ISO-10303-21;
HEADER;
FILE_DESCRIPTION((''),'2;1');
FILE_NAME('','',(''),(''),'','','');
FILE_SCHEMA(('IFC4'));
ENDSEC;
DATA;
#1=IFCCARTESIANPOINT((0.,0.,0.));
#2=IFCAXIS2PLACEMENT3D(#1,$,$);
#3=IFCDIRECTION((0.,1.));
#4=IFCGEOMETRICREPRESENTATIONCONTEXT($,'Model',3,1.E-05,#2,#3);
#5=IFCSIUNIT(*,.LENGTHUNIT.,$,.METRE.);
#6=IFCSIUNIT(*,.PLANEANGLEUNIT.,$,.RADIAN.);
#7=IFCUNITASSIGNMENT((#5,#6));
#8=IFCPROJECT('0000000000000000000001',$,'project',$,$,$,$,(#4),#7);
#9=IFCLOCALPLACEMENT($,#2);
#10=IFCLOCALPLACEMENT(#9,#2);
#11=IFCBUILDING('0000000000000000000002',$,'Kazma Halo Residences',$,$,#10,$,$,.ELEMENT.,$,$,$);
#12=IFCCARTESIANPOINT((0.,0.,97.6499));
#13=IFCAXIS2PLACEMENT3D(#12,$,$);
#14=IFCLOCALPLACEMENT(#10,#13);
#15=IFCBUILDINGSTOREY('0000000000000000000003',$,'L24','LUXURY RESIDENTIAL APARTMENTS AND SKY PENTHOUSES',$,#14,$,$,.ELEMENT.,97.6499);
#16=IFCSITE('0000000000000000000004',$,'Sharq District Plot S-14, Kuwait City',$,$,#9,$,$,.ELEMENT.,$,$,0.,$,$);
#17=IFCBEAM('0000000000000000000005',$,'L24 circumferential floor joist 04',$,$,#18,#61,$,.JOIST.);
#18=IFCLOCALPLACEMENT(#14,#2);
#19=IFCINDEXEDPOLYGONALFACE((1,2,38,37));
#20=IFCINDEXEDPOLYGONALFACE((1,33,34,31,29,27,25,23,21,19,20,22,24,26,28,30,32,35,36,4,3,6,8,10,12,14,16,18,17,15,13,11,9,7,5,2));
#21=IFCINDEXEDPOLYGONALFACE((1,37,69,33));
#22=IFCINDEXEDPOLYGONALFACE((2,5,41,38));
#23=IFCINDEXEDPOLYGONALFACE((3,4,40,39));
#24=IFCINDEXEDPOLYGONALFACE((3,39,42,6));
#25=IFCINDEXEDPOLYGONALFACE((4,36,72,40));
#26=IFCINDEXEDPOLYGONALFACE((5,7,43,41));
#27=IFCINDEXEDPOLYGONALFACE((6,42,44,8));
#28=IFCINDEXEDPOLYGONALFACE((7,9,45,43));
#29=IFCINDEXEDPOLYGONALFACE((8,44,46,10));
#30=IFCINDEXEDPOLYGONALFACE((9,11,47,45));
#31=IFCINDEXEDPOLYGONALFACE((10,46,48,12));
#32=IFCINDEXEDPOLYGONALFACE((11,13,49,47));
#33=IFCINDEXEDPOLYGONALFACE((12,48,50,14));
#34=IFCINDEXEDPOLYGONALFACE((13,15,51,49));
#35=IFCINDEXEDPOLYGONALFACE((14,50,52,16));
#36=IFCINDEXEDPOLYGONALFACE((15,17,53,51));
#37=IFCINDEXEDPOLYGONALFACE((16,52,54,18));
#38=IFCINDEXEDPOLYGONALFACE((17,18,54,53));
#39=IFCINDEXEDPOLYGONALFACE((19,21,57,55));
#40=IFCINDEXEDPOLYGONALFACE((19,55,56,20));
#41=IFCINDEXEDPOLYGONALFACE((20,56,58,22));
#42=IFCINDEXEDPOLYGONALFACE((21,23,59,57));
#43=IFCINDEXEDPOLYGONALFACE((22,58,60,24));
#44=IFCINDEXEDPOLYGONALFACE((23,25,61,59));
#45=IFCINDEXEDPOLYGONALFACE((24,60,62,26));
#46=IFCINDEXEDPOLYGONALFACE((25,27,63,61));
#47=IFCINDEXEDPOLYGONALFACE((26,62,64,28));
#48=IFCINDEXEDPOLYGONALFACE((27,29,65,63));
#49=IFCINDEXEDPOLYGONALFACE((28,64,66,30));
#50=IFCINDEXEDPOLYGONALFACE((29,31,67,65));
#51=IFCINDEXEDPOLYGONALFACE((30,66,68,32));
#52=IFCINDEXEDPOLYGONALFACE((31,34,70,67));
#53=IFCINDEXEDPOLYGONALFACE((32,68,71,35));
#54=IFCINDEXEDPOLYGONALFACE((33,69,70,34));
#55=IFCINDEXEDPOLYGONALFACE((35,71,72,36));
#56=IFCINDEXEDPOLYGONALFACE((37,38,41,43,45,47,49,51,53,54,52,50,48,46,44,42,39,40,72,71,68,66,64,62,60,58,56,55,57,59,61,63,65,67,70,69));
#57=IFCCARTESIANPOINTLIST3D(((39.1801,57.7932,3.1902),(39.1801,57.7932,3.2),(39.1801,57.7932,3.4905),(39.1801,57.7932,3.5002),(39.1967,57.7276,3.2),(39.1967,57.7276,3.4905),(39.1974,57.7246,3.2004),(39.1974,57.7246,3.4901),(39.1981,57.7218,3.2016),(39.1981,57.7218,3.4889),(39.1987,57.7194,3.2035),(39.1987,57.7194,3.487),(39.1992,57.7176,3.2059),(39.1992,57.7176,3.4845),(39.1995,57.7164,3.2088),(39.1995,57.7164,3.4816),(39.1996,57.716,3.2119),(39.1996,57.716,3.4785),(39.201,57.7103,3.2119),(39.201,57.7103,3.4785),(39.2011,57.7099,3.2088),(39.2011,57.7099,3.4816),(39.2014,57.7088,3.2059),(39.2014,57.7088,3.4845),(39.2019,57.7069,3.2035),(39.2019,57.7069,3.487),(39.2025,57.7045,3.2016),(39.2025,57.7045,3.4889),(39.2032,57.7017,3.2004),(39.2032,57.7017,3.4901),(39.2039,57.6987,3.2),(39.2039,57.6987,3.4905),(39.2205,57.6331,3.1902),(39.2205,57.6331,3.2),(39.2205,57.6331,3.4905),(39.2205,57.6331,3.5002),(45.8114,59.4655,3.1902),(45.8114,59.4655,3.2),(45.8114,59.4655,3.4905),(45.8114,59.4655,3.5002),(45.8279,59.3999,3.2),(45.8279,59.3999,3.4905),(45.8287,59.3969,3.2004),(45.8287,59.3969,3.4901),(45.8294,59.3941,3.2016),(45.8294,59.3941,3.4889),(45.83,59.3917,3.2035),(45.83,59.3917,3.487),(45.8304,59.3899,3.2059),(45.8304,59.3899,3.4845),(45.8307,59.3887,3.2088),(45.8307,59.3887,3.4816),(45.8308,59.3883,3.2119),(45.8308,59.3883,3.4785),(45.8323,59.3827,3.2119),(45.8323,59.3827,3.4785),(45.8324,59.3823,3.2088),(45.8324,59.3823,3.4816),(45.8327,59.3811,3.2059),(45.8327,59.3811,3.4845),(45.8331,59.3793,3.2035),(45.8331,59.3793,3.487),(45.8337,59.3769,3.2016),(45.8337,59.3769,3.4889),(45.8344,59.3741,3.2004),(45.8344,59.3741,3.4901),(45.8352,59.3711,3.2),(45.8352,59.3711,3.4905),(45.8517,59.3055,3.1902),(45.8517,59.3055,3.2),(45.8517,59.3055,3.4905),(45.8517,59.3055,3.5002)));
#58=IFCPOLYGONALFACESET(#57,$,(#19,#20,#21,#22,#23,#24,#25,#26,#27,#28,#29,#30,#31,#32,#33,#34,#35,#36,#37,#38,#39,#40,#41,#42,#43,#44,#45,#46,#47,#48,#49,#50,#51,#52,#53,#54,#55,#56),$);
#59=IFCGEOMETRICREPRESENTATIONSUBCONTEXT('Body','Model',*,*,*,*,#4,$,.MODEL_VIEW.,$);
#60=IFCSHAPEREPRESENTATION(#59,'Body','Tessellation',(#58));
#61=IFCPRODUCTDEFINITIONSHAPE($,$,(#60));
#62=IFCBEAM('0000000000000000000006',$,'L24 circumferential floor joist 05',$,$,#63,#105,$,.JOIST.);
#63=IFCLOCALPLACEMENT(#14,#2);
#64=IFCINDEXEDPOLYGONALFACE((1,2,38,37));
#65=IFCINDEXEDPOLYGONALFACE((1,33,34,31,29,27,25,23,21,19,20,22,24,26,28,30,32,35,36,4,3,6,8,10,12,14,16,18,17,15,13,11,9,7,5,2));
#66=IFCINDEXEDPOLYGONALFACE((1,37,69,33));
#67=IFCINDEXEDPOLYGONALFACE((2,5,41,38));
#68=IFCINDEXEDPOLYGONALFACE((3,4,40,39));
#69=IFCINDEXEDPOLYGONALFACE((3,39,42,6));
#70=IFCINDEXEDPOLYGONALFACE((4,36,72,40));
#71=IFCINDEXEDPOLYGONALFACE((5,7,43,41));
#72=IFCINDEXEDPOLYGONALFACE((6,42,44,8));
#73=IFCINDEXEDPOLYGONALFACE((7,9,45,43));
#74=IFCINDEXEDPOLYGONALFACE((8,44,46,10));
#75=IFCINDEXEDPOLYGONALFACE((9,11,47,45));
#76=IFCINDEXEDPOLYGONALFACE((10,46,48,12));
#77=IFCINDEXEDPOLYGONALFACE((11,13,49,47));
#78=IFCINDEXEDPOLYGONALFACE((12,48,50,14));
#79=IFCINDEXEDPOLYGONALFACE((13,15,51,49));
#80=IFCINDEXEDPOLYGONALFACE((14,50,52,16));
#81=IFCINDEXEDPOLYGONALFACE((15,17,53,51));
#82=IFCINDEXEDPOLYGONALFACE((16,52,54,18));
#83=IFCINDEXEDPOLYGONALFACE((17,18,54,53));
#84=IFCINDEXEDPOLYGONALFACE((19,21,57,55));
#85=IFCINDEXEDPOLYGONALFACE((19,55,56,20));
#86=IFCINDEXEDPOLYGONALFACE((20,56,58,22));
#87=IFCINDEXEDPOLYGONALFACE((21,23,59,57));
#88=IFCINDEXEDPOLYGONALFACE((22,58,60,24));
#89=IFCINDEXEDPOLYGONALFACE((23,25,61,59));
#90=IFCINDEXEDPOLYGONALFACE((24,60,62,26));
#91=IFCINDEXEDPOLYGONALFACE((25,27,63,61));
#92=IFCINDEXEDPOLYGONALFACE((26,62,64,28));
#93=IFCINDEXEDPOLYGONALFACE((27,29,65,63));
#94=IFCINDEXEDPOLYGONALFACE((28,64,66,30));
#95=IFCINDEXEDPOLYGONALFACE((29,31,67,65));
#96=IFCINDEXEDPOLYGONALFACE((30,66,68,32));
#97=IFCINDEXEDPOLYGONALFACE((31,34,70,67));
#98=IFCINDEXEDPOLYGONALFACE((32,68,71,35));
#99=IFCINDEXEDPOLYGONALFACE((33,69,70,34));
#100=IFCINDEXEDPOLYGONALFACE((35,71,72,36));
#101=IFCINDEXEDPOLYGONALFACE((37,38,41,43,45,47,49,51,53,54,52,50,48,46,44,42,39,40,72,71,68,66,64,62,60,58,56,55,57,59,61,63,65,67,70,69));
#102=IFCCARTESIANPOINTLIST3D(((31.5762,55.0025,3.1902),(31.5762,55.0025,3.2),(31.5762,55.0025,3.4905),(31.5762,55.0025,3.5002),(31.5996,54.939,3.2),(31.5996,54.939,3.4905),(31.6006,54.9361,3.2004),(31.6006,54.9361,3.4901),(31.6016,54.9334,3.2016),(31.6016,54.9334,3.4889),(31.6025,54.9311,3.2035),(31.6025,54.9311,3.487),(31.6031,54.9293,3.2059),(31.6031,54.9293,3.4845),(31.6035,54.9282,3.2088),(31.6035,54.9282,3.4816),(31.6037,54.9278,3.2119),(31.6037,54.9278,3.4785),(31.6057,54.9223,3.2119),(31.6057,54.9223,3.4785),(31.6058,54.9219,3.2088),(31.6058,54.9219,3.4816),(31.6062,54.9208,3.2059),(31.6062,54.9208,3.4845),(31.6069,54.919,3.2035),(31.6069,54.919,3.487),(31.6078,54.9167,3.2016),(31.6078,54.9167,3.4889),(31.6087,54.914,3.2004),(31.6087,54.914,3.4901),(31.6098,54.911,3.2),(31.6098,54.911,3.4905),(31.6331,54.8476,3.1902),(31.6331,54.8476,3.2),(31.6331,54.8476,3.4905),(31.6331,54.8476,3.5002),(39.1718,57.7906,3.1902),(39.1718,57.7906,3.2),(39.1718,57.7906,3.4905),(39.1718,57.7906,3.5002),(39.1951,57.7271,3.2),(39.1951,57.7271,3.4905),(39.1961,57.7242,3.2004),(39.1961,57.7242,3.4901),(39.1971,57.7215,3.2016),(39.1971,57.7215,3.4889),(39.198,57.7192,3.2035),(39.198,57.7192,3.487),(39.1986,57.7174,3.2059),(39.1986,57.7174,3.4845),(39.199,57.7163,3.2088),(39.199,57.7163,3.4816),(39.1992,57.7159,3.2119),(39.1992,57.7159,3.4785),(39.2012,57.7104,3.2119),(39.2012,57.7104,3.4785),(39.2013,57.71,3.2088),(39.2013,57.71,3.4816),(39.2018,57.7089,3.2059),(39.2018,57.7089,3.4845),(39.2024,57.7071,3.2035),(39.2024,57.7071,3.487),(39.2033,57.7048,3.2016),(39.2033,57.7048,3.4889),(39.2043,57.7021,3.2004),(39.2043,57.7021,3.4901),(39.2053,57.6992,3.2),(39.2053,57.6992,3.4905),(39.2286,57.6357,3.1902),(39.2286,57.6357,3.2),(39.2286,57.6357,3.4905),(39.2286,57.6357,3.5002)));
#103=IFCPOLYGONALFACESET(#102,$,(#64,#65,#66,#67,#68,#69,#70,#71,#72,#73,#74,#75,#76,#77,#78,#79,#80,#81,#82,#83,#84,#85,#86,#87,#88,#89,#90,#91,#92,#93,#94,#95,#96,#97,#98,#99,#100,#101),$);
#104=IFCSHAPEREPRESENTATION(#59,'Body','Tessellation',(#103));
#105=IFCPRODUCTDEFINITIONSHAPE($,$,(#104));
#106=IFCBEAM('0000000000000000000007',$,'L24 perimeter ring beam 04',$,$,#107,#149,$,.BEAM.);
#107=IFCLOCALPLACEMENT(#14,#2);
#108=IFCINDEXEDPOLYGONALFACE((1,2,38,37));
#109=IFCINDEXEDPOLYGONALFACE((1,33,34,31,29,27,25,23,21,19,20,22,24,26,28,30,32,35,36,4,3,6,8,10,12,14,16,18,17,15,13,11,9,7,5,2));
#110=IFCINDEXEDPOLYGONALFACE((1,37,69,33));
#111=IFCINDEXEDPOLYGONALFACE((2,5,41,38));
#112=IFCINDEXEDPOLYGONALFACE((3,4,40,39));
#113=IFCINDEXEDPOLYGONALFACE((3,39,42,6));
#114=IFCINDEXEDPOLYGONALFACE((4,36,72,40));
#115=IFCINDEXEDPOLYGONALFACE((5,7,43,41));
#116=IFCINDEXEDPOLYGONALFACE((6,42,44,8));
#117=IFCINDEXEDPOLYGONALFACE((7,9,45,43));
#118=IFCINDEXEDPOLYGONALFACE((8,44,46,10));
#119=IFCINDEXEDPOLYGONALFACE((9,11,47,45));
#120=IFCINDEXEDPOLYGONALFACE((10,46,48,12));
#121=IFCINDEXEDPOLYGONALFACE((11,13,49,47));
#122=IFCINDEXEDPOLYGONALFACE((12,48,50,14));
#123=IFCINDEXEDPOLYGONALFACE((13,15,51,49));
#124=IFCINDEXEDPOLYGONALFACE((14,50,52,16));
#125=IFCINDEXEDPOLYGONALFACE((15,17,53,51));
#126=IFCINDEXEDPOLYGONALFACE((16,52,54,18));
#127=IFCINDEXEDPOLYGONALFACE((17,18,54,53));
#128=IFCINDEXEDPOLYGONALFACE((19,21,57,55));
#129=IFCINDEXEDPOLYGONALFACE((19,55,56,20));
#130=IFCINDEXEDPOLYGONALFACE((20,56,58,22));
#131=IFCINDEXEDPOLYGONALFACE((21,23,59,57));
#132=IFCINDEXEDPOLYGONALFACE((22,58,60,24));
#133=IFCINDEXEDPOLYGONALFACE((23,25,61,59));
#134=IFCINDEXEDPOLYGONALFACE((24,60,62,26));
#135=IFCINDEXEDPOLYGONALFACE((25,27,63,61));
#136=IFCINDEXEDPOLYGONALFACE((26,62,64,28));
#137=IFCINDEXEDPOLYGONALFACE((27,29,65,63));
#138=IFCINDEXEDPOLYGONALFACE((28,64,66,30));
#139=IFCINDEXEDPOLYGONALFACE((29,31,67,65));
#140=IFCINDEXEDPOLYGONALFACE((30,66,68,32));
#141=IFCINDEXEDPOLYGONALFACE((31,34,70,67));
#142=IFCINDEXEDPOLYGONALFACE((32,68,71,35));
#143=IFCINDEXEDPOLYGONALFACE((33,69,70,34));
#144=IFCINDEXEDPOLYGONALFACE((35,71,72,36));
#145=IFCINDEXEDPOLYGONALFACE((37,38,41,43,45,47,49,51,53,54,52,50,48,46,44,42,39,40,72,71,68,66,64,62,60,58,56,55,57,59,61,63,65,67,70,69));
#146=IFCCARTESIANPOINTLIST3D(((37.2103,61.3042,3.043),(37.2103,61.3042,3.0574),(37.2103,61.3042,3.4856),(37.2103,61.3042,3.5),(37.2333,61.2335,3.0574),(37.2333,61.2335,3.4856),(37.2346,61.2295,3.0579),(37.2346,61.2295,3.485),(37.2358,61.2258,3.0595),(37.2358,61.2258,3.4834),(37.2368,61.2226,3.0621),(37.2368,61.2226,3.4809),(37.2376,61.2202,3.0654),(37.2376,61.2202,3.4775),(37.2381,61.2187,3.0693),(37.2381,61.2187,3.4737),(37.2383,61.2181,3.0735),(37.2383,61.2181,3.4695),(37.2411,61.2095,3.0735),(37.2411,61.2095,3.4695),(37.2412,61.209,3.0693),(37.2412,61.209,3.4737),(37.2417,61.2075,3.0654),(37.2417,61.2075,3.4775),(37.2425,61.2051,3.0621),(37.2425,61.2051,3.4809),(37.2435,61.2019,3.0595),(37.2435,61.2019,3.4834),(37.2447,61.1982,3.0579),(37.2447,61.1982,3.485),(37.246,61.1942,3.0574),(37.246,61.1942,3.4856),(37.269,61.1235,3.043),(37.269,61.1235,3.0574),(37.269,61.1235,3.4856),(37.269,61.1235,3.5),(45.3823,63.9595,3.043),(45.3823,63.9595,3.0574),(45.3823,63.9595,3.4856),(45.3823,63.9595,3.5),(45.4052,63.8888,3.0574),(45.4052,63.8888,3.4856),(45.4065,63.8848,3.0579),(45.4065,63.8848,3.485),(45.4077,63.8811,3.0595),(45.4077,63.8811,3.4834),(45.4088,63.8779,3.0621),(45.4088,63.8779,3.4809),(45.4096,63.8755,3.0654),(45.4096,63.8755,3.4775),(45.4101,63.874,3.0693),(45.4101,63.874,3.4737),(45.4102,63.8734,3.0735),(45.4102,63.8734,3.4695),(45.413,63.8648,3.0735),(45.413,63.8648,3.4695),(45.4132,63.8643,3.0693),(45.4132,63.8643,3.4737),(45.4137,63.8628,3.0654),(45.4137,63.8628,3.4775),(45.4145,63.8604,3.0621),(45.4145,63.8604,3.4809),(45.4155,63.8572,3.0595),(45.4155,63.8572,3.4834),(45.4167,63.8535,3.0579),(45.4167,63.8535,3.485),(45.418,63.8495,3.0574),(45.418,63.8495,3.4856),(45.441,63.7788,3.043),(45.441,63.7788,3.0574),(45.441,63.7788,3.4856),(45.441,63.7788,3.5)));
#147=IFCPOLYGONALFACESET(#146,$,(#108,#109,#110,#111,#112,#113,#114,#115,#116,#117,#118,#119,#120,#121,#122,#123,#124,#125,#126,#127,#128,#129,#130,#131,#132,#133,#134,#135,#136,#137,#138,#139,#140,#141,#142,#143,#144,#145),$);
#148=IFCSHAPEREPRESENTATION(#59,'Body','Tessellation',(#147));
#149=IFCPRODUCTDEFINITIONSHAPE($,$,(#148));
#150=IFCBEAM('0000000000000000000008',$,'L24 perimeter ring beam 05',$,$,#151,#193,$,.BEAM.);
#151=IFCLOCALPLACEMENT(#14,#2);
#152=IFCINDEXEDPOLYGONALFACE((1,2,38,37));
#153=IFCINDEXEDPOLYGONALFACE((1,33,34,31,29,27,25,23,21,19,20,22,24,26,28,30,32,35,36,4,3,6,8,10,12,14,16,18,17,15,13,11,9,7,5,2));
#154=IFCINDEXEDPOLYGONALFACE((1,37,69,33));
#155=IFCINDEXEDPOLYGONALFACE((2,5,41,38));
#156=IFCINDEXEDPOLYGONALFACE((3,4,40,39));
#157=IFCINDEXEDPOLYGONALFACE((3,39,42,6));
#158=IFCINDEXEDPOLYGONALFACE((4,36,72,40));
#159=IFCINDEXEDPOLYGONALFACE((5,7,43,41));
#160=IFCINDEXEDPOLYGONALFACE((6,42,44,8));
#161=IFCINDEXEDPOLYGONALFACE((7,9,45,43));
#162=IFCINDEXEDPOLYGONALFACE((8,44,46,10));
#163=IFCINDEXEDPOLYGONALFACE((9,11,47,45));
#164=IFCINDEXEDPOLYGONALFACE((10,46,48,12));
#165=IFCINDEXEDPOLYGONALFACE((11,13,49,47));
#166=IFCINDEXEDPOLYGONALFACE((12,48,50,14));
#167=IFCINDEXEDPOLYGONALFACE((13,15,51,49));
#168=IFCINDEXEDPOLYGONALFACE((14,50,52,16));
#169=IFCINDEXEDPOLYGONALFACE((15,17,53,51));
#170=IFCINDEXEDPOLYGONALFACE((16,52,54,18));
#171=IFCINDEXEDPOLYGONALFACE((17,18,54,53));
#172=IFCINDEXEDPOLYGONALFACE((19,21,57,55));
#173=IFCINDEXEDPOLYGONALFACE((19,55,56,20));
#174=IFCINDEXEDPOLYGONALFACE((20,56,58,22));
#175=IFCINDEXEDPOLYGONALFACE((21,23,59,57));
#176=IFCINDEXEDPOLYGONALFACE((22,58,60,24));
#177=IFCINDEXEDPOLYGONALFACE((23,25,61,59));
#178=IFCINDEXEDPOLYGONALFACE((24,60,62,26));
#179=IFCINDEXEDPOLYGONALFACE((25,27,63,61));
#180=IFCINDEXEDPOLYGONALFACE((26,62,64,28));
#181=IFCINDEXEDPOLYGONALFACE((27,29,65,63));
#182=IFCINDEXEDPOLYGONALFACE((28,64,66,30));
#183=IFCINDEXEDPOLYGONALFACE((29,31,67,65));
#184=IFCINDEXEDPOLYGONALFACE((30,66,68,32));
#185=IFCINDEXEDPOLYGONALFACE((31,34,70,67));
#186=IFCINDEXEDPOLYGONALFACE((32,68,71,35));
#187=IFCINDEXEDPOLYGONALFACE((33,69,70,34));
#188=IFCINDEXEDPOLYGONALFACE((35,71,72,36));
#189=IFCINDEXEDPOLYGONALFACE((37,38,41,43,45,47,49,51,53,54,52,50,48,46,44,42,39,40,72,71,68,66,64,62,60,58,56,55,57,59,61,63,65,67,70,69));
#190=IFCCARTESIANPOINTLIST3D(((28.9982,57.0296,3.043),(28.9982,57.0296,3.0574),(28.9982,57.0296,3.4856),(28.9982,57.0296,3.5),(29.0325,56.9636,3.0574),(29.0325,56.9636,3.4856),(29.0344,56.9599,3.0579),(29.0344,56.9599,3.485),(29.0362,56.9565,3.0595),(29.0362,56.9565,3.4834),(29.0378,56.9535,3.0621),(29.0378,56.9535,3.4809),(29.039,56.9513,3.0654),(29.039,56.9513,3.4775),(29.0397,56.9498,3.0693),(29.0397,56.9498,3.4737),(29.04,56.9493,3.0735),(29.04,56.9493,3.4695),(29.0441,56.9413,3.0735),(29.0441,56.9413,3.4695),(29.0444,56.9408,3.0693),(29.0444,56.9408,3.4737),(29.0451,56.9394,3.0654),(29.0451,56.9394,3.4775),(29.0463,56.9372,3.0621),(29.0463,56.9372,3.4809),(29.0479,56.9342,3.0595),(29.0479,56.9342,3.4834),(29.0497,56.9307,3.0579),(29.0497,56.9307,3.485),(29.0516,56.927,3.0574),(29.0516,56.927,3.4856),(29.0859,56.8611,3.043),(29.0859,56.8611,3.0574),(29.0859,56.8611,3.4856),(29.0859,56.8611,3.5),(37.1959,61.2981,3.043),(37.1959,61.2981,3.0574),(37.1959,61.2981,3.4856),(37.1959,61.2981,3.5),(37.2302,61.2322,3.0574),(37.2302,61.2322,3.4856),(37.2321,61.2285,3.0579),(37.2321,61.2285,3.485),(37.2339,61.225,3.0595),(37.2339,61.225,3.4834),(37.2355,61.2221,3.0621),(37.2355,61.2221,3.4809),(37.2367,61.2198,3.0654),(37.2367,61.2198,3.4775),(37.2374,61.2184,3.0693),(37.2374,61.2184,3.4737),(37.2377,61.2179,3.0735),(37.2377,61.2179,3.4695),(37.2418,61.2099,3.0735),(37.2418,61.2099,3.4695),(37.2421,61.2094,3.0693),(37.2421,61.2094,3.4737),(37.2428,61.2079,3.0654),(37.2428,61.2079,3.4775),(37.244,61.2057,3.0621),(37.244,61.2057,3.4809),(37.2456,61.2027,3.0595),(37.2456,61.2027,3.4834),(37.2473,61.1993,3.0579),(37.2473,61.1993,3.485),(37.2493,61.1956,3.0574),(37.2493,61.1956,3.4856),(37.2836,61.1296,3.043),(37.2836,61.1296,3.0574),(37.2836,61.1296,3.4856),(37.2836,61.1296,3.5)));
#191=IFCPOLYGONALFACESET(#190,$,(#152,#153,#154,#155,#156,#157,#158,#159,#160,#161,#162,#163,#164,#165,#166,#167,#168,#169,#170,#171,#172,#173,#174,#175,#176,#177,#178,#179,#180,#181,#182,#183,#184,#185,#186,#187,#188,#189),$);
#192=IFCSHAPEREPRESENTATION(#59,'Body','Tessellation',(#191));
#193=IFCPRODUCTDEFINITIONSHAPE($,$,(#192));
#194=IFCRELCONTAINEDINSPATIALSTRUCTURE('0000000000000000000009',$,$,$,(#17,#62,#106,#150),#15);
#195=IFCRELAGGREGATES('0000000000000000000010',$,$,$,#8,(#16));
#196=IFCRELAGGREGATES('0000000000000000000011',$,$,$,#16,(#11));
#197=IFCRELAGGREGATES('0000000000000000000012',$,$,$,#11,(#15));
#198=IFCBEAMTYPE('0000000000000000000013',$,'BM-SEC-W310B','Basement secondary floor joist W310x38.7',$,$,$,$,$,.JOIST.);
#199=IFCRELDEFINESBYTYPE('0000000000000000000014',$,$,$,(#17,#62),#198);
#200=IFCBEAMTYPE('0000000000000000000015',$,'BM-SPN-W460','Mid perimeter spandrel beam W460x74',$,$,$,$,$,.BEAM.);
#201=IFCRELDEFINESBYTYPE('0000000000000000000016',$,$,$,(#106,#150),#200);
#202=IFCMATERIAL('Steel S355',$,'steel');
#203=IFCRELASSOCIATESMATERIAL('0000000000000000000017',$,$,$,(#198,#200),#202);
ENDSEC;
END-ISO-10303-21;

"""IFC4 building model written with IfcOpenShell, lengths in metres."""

from ifc_helpers import new_model, si_unit, direction, frame, origin, origin_2d, place, context, subcontext, project, spatial, i_section, extrude, material, material_profile, profile_set, type_object, element, save


model = new_model("IFC4")

# Units and contexts
model_context = context("Model", 3, precision=1e-05, world=origin(), true_north=direction((0.0, 1.0)))
body_context = subcontext(model_context, "Body", "Model", "MODEL_VIEW")
ifc_project = project(units=[si_unit("LENGTHUNIT", "METRE"), si_unit("PLANEANGLEUNIT", "RADIAN")], contexts=[model_context])

# Site, building, storey
site_placement = place(None, origin())
site = spatial("IfcSite", under=ifc_project, at=site_placement, Name="Sharq District Plot S-14, Kuwait City", CompositionType="ELEMENT", RefElevation=0.0)
building_placement = place(site_placement, origin())
building = spatial("IfcBuilding", under=site, at=building_placement, Name="Kazma Halo Residences", CompositionType="ELEMENT")
storey_placement = place(building_placement, frame((0.0, 0.0, 97.6499)))
storey = spatial("IfcBuildingStorey", under=building, at=storey_placement, Name="L24", Description="LUXURY RESIDENTIAL APARTMENTS AND SKY PENTHOUSES", CompositionType="ELEMENT", Elevation=97.6499)

# Beams
ifc_material_1 = material(Name="Steel S355", Category="steel")
ifc_material_profile_1 = material_profile(ifc_material_1, i_section(OverallWidth=0.165, OverallDepth=0.3101, WebThickness=0.0059, FlangeThickness=0.0098, FilletRadius=0.012, at=origin_2d()), Name="W310x38.7")
ifc_profile_set_1 = profile_set([ifc_material_profile_1], Name="Steel S355")
beam_type_1 = type_object("IfcBeamType", Name="BM-SEC-W310B", Description="Basement secondary floor joist W310x38.7", PredefinedType="JOIST", material=ifc_profile_set_1)
beam_1_placement = place(storey_placement, frame((45.8315, 59.3855, 3.3452), z_axis=(-0.969641, -0.244534, 0.0), x_axis=(0.244534, -0.969641, 0.0)))
element("IfcBeam", 1, at=beam_1_placement, inside=storey, type_object=beam_type_1, Name="L24 circumferential floor joist 04", PredefinedType="JOIST", context=body_context, shape_type="SweptSolid", body=[
    extrude(i_section(OverallWidth=0.165, OverallDepth=0.3101, WebThickness=0.0059, FlangeThickness=0.0098, FilletRadius=0.012, at=origin_2d()), origin(), (0.0, 0.0, 1.0), 6.8389),
])
beam_2_placement = place(storey_placement, frame((39.2002, 57.7131, 3.3452), z_axis=(-0.938753, -0.344591, 0.0), x_axis=(0.344591, -0.938753, 0.0)))
element("IfcBeam", 2, at=beam_2_placement, inside=storey, type_object=beam_type_1, Name="L24 circumferential floor joist 05", PredefinedType="JOIST", context=body_context, shape_type="SweptSolid", body=[
    extrude(i_section(OverallWidth=0.165, OverallDepth=0.3101, WebThickness=0.0059, FlangeThickness=0.0098, FilletRadius=0.012, at=origin_2d()), origin(), (0.0, 0.0, 1.0), 8.0911),
])
ifc_material_profile_2 = material_profile(ifc_material_1, i_section(OverallWidth=0.1899, OverallDepth=0.457, WebThickness=0.009, FlangeThickness=0.0144, FilletRadius=0.0161, at=origin_2d()), Name="W460x74")
ifc_profile_set_2 = profile_set([ifc_material_profile_2], Name="Steel S355")
beam_type_2 = type_object("IfcBeamType", Name="BM-SPN-W460", Description="Mid perimeter spandrel beam W460x74", PredefinedType="BEAM", material=ifc_profile_set_2)
beam_3_placement = place(storey_placement, frame((45.4116, 63.8691, 3.2715), z_axis=(-0.951054, -0.309024, 0.0), x_axis=(0.309024, -0.951054, 0.0)))
element("IfcBeam", 3, at=beam_3_placement, inside=storey, type_object=beam_type_2, Name="L24 perimeter ring beam 04", PredefinedType="BEAM", context=body_context, shape_type="SweptSolid", body=[
    extrude(i_section(OverallWidth=0.1899, OverallDepth=0.457, WebThickness=0.009, FlangeThickness=0.0144, FilletRadius=0.0161, at=origin_2d()), origin(), (0.0, 0.0, 1.0), 8.5925),
])
beam_4_placement = place(storey_placement, frame((37.2397, 61.2139, 3.2715), z_axis=(-0.886963, -0.46184, 0.0), x_axis=(0.46184, -0.886963, 0.0)))
element("IfcBeam", 4, at=beam_4_placement, inside=storey, type_object=beam_type_2, Name="L24 perimeter ring beam 05", PredefinedType="BEAM", context=body_context, shape_type="SweptSolid", body=[
    extrude(i_section(OverallWidth=0.1899, OverallDepth=0.457, WebThickness=0.009, FlangeThickness=0.0144, FilletRadius=0.0161, at=origin_2d()), origin(), (0.0, 0.0, 1.0), 9.2424),
])

save(model, "model.ifc")
